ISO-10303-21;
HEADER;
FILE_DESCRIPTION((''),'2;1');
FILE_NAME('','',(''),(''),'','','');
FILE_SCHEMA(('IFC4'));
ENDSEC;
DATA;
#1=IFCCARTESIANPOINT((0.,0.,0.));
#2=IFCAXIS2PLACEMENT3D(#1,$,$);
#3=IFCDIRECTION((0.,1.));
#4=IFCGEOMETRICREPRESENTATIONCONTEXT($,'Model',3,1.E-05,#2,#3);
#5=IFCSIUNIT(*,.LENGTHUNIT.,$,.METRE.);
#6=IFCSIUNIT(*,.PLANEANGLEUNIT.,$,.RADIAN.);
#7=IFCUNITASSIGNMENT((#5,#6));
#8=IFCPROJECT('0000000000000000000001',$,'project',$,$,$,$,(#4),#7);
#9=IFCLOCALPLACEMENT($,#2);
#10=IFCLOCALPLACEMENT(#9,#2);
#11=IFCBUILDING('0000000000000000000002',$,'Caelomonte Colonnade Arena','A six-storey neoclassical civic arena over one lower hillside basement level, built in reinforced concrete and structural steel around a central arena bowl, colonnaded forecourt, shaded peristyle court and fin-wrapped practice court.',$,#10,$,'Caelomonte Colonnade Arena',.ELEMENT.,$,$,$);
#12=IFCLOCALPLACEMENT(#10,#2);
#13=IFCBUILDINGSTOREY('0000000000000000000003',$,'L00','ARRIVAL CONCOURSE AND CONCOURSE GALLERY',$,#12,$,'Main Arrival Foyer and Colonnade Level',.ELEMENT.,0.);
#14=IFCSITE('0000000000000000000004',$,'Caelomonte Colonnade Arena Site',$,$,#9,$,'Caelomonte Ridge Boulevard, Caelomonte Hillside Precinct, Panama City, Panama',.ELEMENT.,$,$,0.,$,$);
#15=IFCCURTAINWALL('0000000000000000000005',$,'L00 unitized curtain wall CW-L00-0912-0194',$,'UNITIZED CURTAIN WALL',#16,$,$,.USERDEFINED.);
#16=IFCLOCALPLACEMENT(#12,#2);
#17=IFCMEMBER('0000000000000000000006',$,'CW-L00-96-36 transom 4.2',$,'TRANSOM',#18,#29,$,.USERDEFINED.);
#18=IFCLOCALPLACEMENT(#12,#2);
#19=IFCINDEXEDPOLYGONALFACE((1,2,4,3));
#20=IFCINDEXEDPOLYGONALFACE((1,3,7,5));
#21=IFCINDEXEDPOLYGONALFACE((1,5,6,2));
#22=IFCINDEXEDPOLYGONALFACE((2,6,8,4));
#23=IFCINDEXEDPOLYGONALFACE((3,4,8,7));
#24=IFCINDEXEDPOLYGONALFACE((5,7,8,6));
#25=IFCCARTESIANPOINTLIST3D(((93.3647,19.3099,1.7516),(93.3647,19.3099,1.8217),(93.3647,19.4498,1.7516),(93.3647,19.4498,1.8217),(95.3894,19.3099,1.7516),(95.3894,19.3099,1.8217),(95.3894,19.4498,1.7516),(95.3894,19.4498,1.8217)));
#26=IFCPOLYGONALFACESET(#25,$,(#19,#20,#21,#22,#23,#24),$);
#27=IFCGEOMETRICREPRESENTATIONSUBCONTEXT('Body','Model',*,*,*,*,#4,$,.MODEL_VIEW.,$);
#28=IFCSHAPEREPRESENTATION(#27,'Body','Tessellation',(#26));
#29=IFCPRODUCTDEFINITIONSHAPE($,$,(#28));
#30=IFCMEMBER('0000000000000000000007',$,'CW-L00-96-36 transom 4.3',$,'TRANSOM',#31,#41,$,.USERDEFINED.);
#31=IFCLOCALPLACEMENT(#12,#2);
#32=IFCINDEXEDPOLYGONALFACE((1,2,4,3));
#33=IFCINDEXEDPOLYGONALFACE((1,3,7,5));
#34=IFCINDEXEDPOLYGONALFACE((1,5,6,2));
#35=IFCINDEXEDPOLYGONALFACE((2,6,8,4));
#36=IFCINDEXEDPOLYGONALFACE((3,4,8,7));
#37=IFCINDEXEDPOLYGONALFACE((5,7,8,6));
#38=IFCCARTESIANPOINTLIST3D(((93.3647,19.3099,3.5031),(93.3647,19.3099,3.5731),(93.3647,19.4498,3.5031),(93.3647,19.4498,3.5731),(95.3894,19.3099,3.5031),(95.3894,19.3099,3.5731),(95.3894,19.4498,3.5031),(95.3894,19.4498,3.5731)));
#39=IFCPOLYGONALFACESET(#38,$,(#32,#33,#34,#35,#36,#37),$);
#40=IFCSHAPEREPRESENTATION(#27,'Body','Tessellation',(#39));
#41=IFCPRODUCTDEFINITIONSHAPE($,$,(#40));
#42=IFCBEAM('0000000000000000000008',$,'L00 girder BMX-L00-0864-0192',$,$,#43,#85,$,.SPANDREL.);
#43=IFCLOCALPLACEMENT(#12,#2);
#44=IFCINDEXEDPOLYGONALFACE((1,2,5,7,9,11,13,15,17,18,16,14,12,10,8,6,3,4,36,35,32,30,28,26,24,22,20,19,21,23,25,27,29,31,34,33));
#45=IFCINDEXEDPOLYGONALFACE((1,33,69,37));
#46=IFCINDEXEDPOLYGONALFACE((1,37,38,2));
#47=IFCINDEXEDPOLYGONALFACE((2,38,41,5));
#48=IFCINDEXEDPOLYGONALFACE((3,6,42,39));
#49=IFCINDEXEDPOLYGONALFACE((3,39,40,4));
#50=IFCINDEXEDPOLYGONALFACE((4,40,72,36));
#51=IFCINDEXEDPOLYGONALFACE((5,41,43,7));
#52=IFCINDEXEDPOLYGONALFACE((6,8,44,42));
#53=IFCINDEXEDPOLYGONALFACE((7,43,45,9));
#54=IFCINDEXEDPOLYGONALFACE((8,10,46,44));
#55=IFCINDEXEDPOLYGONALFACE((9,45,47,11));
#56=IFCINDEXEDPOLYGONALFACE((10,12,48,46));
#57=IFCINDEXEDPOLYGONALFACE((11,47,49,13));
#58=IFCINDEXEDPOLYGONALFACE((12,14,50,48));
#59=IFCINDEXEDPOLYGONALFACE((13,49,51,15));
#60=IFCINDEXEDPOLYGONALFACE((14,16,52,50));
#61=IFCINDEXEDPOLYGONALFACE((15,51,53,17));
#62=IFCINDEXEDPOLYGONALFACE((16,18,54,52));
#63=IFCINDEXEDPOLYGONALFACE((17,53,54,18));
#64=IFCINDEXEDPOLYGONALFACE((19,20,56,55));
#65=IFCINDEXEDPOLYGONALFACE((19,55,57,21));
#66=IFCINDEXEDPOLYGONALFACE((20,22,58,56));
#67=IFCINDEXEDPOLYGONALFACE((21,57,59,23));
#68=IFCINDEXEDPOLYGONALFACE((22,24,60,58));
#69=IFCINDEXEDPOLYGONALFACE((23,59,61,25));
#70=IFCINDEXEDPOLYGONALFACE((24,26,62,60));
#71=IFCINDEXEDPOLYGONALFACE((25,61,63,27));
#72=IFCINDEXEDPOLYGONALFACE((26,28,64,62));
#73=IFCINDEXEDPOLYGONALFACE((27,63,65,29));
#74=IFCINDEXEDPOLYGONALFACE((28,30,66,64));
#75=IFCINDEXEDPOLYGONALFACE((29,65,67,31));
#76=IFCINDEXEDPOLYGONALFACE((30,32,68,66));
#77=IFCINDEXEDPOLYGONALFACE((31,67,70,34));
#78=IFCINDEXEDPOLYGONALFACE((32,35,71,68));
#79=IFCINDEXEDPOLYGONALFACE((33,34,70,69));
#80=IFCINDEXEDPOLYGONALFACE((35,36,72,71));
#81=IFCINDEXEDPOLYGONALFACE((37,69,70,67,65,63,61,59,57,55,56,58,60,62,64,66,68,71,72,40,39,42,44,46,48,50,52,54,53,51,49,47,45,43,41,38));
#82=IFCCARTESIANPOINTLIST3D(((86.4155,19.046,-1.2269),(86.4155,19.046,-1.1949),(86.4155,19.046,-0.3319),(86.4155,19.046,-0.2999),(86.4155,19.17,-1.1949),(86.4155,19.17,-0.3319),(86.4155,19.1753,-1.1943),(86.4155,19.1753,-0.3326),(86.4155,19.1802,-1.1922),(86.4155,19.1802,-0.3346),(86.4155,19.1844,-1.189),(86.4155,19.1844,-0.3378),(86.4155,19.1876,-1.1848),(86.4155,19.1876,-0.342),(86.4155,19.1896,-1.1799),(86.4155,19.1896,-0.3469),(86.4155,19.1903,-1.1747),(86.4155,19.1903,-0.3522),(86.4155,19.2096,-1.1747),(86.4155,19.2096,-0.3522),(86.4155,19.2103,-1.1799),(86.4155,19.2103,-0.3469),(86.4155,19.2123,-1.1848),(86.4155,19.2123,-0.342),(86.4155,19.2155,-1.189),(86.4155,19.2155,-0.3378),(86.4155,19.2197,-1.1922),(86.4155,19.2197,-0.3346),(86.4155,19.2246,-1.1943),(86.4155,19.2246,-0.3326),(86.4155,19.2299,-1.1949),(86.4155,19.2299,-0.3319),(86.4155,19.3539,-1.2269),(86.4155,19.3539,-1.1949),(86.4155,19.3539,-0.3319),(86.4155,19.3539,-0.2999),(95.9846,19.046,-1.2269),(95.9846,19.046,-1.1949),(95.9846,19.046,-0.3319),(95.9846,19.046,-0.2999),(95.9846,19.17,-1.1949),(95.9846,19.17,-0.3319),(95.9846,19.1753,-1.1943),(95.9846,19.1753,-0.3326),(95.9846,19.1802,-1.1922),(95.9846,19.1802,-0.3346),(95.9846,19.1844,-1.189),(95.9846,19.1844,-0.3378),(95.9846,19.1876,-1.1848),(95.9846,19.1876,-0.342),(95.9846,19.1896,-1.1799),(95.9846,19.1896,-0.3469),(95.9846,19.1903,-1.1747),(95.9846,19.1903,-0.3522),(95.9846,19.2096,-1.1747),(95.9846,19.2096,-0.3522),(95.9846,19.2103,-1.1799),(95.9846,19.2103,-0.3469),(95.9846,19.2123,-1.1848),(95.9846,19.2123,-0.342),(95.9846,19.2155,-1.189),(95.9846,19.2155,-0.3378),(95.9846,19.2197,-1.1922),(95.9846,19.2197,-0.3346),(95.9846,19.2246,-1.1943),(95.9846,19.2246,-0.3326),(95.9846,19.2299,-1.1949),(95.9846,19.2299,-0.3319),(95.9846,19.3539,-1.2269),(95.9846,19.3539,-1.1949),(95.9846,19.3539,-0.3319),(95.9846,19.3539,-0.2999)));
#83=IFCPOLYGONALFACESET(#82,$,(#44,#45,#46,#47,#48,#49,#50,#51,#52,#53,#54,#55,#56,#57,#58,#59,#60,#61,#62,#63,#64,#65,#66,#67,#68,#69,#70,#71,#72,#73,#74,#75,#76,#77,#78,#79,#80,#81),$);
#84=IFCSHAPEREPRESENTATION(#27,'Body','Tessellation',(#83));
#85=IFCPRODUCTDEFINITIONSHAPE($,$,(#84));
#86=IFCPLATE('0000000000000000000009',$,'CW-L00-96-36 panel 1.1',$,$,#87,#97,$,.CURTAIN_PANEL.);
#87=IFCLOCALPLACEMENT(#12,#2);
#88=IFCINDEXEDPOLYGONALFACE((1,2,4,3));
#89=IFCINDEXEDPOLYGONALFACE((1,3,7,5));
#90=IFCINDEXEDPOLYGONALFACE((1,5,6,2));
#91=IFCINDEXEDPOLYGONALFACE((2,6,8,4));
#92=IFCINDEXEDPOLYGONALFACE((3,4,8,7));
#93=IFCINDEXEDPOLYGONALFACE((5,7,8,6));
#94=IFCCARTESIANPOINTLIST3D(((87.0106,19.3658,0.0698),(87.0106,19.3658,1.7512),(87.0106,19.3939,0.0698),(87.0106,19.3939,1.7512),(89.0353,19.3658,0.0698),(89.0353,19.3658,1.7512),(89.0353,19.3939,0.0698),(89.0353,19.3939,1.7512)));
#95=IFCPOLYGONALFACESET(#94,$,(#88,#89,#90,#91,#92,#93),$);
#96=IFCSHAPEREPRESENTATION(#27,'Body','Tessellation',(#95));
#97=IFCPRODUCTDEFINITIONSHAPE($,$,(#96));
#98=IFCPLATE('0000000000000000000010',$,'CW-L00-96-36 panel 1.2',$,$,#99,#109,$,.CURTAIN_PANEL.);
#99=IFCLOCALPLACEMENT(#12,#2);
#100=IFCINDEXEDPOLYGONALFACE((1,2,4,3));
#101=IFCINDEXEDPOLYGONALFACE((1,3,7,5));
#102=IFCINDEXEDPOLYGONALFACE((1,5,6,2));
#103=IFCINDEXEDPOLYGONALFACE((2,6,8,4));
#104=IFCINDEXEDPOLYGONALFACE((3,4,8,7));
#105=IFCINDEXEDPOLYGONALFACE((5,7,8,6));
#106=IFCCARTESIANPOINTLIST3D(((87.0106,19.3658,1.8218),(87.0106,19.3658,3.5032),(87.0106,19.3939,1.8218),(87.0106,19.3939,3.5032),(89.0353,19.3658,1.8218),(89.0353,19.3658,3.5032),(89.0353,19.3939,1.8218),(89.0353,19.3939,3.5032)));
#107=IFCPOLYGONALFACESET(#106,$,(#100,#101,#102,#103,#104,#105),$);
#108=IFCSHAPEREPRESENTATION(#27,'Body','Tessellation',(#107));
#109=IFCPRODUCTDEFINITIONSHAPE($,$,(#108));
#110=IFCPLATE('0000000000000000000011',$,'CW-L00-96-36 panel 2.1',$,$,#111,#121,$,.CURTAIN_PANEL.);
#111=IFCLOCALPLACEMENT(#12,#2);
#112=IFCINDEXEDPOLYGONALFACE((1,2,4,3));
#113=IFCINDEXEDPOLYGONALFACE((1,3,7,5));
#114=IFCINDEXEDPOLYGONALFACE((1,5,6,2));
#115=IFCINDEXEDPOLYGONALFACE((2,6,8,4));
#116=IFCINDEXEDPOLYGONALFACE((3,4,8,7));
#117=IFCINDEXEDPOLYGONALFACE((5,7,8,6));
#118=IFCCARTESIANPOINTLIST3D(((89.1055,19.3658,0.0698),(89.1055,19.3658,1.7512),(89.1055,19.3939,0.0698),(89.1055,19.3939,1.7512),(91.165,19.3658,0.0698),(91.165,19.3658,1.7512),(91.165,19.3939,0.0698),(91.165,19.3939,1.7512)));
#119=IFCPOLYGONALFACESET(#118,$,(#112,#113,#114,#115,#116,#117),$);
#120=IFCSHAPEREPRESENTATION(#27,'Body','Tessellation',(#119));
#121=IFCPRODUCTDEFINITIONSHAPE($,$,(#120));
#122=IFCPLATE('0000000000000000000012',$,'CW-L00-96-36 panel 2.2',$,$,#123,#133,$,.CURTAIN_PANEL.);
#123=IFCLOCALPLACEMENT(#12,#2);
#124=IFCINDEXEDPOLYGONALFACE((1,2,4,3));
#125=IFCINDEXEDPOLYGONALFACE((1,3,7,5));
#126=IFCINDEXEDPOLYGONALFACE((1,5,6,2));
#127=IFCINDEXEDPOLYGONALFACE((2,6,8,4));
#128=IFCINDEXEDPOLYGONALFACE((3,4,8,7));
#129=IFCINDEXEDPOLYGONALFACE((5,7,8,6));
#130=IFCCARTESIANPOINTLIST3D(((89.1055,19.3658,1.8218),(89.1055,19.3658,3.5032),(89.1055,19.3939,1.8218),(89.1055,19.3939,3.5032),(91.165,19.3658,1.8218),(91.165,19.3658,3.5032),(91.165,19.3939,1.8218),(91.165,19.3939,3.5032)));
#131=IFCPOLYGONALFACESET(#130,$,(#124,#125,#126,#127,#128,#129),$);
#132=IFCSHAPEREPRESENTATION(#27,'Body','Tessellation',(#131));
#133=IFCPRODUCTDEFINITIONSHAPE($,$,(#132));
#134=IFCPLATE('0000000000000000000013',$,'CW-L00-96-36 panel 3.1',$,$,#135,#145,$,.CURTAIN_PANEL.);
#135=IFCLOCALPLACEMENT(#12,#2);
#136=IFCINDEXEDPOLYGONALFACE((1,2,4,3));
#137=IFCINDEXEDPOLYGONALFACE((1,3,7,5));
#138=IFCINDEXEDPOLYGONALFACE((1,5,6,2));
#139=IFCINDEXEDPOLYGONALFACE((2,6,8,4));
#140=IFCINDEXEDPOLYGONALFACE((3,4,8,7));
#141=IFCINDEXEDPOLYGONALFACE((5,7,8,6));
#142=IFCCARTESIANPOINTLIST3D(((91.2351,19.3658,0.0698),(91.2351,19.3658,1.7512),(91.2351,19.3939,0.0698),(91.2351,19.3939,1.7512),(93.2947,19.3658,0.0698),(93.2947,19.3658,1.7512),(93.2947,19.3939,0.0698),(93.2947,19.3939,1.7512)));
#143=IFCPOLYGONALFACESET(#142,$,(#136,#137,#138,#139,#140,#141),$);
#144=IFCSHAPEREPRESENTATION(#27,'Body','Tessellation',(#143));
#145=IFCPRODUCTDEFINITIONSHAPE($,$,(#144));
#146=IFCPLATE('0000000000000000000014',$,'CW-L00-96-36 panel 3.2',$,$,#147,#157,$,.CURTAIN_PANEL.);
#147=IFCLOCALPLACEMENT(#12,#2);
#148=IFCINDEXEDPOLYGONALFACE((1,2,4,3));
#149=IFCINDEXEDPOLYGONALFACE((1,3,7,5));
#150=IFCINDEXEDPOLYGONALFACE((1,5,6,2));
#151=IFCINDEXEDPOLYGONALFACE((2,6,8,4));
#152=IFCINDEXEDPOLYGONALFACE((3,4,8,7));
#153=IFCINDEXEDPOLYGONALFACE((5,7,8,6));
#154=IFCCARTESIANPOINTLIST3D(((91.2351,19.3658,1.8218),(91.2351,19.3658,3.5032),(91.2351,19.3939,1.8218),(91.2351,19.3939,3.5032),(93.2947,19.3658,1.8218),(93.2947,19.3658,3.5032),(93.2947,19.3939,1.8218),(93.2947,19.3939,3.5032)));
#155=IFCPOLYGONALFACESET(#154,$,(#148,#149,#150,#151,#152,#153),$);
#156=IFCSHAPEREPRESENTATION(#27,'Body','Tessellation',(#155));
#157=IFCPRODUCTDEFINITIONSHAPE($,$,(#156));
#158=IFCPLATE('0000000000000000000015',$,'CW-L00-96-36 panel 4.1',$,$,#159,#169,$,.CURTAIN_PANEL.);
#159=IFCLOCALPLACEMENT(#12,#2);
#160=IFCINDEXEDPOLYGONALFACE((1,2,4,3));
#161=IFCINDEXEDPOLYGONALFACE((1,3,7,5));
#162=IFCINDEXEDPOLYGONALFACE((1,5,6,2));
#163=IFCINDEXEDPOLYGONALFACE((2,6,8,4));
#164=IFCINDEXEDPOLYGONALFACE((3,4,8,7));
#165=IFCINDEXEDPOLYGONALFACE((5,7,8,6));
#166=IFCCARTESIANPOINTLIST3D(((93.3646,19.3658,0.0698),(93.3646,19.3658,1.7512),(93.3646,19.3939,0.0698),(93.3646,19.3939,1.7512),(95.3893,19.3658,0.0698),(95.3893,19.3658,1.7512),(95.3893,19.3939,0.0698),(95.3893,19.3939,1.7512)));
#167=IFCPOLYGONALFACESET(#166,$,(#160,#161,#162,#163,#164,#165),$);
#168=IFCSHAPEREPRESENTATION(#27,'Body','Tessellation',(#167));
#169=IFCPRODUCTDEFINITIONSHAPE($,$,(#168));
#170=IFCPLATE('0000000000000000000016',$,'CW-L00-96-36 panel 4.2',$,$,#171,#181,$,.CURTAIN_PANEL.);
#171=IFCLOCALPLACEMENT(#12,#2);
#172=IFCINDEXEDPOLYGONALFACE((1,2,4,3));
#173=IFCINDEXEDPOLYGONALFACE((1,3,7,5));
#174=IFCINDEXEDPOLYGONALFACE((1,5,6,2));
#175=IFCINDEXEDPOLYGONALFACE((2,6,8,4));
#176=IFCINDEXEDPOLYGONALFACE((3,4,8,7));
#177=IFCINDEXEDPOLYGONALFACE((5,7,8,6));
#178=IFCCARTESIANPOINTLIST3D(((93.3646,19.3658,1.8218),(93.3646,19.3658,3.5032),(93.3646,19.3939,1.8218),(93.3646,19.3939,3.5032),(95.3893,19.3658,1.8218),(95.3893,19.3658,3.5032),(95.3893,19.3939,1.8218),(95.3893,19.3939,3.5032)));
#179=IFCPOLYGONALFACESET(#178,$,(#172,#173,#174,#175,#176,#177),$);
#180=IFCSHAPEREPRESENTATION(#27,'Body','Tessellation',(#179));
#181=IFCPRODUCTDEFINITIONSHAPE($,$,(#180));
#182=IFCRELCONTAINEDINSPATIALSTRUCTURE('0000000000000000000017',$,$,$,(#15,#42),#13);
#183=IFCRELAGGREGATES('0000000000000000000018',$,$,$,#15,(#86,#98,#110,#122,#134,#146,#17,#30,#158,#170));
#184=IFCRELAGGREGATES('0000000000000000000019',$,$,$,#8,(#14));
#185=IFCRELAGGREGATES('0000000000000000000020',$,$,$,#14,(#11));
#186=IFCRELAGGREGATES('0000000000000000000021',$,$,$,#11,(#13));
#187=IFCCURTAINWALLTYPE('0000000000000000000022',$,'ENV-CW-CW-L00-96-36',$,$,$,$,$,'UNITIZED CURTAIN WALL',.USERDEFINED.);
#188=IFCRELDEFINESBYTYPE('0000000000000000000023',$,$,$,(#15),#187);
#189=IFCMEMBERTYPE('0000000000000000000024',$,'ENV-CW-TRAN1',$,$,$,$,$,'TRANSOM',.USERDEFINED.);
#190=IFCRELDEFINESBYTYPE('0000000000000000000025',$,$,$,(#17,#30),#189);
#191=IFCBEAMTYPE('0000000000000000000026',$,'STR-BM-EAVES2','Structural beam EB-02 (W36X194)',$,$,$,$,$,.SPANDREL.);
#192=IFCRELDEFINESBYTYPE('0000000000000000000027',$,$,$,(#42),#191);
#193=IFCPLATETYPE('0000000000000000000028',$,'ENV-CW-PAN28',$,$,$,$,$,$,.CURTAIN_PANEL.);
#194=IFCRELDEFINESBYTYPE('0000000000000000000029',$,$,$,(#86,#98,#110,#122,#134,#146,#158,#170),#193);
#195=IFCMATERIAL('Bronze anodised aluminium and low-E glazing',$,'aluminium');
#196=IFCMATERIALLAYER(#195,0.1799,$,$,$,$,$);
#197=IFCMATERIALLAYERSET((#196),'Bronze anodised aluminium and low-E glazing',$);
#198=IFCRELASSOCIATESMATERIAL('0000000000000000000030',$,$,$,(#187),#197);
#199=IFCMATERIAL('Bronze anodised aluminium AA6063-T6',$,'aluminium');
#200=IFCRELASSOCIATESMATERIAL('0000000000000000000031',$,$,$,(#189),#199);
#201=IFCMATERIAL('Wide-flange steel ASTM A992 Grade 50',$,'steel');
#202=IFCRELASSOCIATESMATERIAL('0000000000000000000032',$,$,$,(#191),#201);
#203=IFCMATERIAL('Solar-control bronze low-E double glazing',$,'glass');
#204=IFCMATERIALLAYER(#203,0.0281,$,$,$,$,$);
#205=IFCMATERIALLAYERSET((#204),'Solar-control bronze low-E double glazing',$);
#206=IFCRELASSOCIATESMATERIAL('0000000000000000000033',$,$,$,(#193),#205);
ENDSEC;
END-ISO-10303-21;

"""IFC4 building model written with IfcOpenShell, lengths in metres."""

from ifc_helpers import new_model, si_unit, direction, frame, origin, origin_2d, place, context, subcontext, project, spatial, rectangle, i_section, extrude, material, layer, layer_set, material_profile, profile_set, type_object, element, aggregate, save


model = new_model("IFC4")

# Units and contexts
model_context = context("Model", 3, precision=1e-05, world=origin(), true_north=direction((0.0, 1.0)))
body_context = subcontext(model_context, "Body", "Model", "MODEL_VIEW")
ifc_project = project(units=[si_unit("LENGTHUNIT", "METRE"), si_unit("PLANEANGLEUNIT", "RADIAN")], contexts=[model_context])

# Site, building, storey
site_placement = place(None, origin())
site = spatial("IfcSite", under=ifc_project, at=site_placement, Name="Caelomonte Colonnade Arena Site", LongName="Caelomonte Ridge Boulevard, Caelomonte Hillside Precinct, Panama City, Panama", CompositionType="ELEMENT", RefElevation=0.0)
building_placement = place(site_placement, origin())
building = spatial("IfcBuilding", under=site, at=building_placement, Name="Caelomonte Colonnade Arena", Description="A six-storey neoclassical civic arena over one lower hillside basement level, built in reinforced concrete and structural steel around a central arena bowl, colonnaded forecourt, shaded peristyle court and fin-wrapped practice court.", LongName="Caelomonte Colonnade Arena", CompositionType="ELEMENT")
storey_placement = place(building_placement, origin())
storey = spatial("IfcBuildingStorey", under=building, at=storey_placement, Name="L00", Description="ARRIVAL CONCOURSE AND CONCOURSE GALLERY", LongName="Main Arrival Foyer and Colonnade Level", CompositionType="ELEMENT", Elevation=0.0)

# Curtain wall, members
ifc_material_1 = material(Name="Bronze anodised aluminium and low-E glazing", Category="aluminium")
ifc_layer_1 = layer(ifc_material_1, 0.1799)
ifc_layer_set_1 = layer_set([ifc_layer_1], Name="Bronze anodised aluminium and low-E glazing")
curtain_wall_type = type_object("IfcCurtainWallType", Name="ENV-CW-CW-L00-96-36", ElementType="UNITIZED CURTAIN WALL", PredefinedType="USERDEFINED", material=ifc_layer_set_1)
curtain_wall_placement = place(storey_placement, origin())
curtain_wall = element("IfcCurtainWall", 1, at=curtain_wall_placement, inside=storey, type_object=curtain_wall_type, Name="L00 unitized curtain wall CW-L00-0912-0194", ObjectType="UNITIZED CURTAIN WALL", PredefinedType="USERDEFINED")
ifc_material_2 = material(Name="Bronze anodised aluminium AA6063-T6", Category="aluminium")
ifc_material_profile_1 = material_profile(ifc_material_2, rectangle(XDim=0.0701, YDim=0.1399, at=origin_2d()), Name="CWT-70X140")
ifc_profile_set_1 = profile_set([ifc_material_profile_1], Name="Bronze anodised aluminium AA6063-T6")
member_type_1 = type_object("IfcMemberType", Name="ENV-CW-TRAN1", ElementType="TRANSOM", PredefinedType="USERDEFINED", material=ifc_profile_set_1)
member_1_placement = place(storey_placement, frame((93.3647, 19.3799, 1.7866), z_axis=(1.0, 0.0, 0.0), x_axis=(0.0, 0.0, 1.0)))
member_1 = element("IfcMember", 2, at=member_1_placement, type_object=member_type_1, Name="CW-L00-96-36 transom 4.2", ObjectType="TRANSOM", PredefinedType="USERDEFINED", context=body_context, shape_type="SweptSolid", body=[
    extrude(rectangle(XDim=0.0701, YDim=0.1399, at=origin_2d()), origin(), (0.0, 0.0, 1.0), 2.0247),
])
member_2_placement = place(storey_placement, frame((93.3647, 19.3799, 3.5381), z_axis=(1.0, 0.0, 0.0), x_axis=(0.0, 0.0, 1.0)))
member_2 = element("IfcMember", 3, at=member_2_placement, type_object=member_type_1, Name="CW-L00-96-36 transom 4.3", ObjectType="TRANSOM", PredefinedType="USERDEFINED", context=body_context, shape_type="SweptSolid", body=[
    extrude(rectangle(XDim=0.0701, YDim=0.1399, at=origin_2d()), origin(), (0.0, 0.0, 1.0), 2.0247),
])

# Beam
ifc_material_3 = material(Name="Wide-flange steel ASTM A992 Grade 50", Category="steel")
ifc_material_profile_2 = material_profile(ifc_material_3, i_section(OverallWidth=0.3079, OverallDepth=0.927, WebThickness=0.0193, FlangeThickness=0.032, FilletRadius=0.0203, at=origin_2d()), Name="W36X194")
ifc_profile_set_2 = profile_set([ifc_material_profile_2], Name="Wide-flange steel ASTM A992 Grade 50")
beam_type = type_object("IfcBeamType", Name="STR-BM-EAVES2", Description="Structural beam EB-02 (W36X194)", PredefinedType="SPANDREL", material=ifc_profile_set_2)
beam_placement = place(storey_placement, frame((86.4155, 19.2, -0.7634), z_axis=(1.0, 0.0, 0.0), x_axis=(0.0, 1.0, 0.0)))
element("IfcBeam", 4, at=beam_placement, inside=storey, type_object=beam_type, Name="L00 girder BMX-L00-0864-0192", PredefinedType="SPANDREL", context=body_context, shape_type="SweptSolid", body=[
    extrude(i_section(OverallWidth=0.3079, OverallDepth=0.927, WebThickness=0.0193, FlangeThickness=0.032, FilletRadius=0.0203, at=origin_2d()), origin(), (0.0, 0.0, 1.0), 9.5691),
])

# Plates
ifc_material_4 = material(Name="Solar-control bronze low-E double glazing", Category="glass")
ifc_layer_2 = layer(ifc_material_4, 0.0281)
ifc_layer_set_2 = layer_set([ifc_layer_2], Name="Solar-control bronze low-E double glazing")
plate_type = type_object("IfcPlateType", Name="ENV-CW-PAN28", PredefinedType="CURTAIN_PANEL", material=ifc_layer_set_2)
plate_1_placement = place(storey_placement, frame((88.0229, 19.3799, 0.0698), z_axis=(0.0, 0.0, 1.0), x_axis=(1.0, 0.0, 0.0)))
plate_1 = element("IfcPlate", 5, at=plate_1_placement, type_object=plate_type, Name="CW-L00-96-36 panel 1.1", PredefinedType="CURTAIN_PANEL", context=body_context, shape_type="SweptSolid", body=[
    extrude(rectangle(XDim=2.0247, YDim=0.0281, at=origin_2d()), origin(), (0.0, 0.0, 1.0), 1.6814),
])
plate_2_placement = place(storey_placement, frame((88.0229, 19.3799, 1.8218), z_axis=(0.0, 0.0, 1.0), x_axis=(1.0, 0.0, 0.0)))
plate_2 = element("IfcPlate", 6, at=plate_2_placement, type_object=plate_type, Name="CW-L00-96-36 panel 1.2", PredefinedType="CURTAIN_PANEL", context=body_context, shape_type="SweptSolid", body=[
    extrude(rectangle(XDim=2.0247, YDim=0.0281, at=origin_2d()), origin(), (0.0, 0.0, 1.0), 1.6814),
])
plate_3_placement = place(storey_placement, frame((90.1353, 19.3799, 0.0698), z_axis=(0.0, 0.0, 1.0), x_axis=(1.0, 0.0, 0.0)))
plate_3 = element("IfcPlate", 7, at=plate_3_placement, type_object=plate_type, Name="CW-L00-96-36 panel 2.1", PredefinedType="CURTAIN_PANEL", context=body_context, shape_type="SweptSolid", body=[
    extrude(rectangle(XDim=2.0596, YDim=0.0281, at=origin_2d()), origin(), (0.0, 0.0, 1.0), 1.6814),
])
plate_4_placement = place(storey_placement, frame((90.1353, 19.3799, 1.8218), z_axis=(0.0, 0.0, 1.0), x_axis=(1.0, 0.0, 0.0)))
plate_4 = element("IfcPlate", 8, at=plate_4_placement, type_object=plate_type, Name="CW-L00-96-36 panel 2.2", PredefinedType="CURTAIN_PANEL", context=body_context, shape_type="SweptSolid", body=[
    extrude(rectangle(XDim=2.0596, YDim=0.0281, at=origin_2d()), origin(), (0.0, 0.0, 1.0), 1.6814),
])
plate_5_placement = place(storey_placement, frame((92.2649, 19.3799, 0.0698), z_axis=(0.0, 0.0, 1.0), x_axis=(1.0, 0.0, 0.0)))
plate_5 = element("IfcPlate", 9, at=plate_5_placement, type_object=plate_type, Name="CW-L00-96-36 panel 3.1", PredefinedType="CURTAIN_PANEL", context=body_context, shape_type="SweptSolid", body=[
    extrude(rectangle(XDim=2.0596, YDim=0.0281, at=origin_2d()), origin(), (0.0, 0.0, 1.0), 1.6814),
])
plate_6_placement = place(storey_placement, frame((92.2649, 19.3799, 1.8218), z_axis=(0.0, 0.0, 1.0), x_axis=(1.0, 0.0, 0.0)))
plate_6 = element("IfcPlate", 10, at=plate_6_placement, type_object=plate_type, Name="CW-L00-96-36 panel 3.2", PredefinedType="CURTAIN_PANEL", context=body_context, shape_type="SweptSolid", body=[
    extrude(rectangle(XDim=2.0596, YDim=0.0281, at=origin_2d()), origin(), (0.0, 0.0, 1.0), 1.6814),
])
plate_7_placement = place(storey_placement, frame((94.377, 19.3799, 0.0698), z_axis=(0.0, 0.0, 1.0), x_axis=(1.0, 0.0, 0.0)))
plate_7 = element("IfcPlate", 11, at=plate_7_placement, type_object=plate_type, Name="CW-L00-96-36 panel 4.1", PredefinedType="CURTAIN_PANEL", context=body_context, shape_type="SweptSolid", body=[
    extrude(rectangle(XDim=2.0247, YDim=0.0281, at=origin_2d()), origin(), (0.0, 0.0, 1.0), 1.6814),
])
plate_8_placement = place(storey_placement, frame((94.377, 19.3799, 1.8218), z_axis=(0.0, 0.0, 1.0), x_axis=(1.0, 0.0, 0.0)))
plate_8 = element("IfcPlate", 12, at=plate_8_placement, type_object=plate_type, Name="CW-L00-96-36 panel 4.2", PredefinedType="CURTAIN_PANEL", context=body_context, shape_type="SweptSolid", body=[
    extrude(rectangle(XDim=2.0247, YDim=0.0281, at=origin_2d()), origin(), (0.0, 0.0, 1.0), 1.6814),
])
aggregate(curtain_wall, [plate_1, plate_2, plate_3, plate_4, plate_5, plate_6, member_1, member_2, plate_7, plate_8])

save(model, "model.ifc")
